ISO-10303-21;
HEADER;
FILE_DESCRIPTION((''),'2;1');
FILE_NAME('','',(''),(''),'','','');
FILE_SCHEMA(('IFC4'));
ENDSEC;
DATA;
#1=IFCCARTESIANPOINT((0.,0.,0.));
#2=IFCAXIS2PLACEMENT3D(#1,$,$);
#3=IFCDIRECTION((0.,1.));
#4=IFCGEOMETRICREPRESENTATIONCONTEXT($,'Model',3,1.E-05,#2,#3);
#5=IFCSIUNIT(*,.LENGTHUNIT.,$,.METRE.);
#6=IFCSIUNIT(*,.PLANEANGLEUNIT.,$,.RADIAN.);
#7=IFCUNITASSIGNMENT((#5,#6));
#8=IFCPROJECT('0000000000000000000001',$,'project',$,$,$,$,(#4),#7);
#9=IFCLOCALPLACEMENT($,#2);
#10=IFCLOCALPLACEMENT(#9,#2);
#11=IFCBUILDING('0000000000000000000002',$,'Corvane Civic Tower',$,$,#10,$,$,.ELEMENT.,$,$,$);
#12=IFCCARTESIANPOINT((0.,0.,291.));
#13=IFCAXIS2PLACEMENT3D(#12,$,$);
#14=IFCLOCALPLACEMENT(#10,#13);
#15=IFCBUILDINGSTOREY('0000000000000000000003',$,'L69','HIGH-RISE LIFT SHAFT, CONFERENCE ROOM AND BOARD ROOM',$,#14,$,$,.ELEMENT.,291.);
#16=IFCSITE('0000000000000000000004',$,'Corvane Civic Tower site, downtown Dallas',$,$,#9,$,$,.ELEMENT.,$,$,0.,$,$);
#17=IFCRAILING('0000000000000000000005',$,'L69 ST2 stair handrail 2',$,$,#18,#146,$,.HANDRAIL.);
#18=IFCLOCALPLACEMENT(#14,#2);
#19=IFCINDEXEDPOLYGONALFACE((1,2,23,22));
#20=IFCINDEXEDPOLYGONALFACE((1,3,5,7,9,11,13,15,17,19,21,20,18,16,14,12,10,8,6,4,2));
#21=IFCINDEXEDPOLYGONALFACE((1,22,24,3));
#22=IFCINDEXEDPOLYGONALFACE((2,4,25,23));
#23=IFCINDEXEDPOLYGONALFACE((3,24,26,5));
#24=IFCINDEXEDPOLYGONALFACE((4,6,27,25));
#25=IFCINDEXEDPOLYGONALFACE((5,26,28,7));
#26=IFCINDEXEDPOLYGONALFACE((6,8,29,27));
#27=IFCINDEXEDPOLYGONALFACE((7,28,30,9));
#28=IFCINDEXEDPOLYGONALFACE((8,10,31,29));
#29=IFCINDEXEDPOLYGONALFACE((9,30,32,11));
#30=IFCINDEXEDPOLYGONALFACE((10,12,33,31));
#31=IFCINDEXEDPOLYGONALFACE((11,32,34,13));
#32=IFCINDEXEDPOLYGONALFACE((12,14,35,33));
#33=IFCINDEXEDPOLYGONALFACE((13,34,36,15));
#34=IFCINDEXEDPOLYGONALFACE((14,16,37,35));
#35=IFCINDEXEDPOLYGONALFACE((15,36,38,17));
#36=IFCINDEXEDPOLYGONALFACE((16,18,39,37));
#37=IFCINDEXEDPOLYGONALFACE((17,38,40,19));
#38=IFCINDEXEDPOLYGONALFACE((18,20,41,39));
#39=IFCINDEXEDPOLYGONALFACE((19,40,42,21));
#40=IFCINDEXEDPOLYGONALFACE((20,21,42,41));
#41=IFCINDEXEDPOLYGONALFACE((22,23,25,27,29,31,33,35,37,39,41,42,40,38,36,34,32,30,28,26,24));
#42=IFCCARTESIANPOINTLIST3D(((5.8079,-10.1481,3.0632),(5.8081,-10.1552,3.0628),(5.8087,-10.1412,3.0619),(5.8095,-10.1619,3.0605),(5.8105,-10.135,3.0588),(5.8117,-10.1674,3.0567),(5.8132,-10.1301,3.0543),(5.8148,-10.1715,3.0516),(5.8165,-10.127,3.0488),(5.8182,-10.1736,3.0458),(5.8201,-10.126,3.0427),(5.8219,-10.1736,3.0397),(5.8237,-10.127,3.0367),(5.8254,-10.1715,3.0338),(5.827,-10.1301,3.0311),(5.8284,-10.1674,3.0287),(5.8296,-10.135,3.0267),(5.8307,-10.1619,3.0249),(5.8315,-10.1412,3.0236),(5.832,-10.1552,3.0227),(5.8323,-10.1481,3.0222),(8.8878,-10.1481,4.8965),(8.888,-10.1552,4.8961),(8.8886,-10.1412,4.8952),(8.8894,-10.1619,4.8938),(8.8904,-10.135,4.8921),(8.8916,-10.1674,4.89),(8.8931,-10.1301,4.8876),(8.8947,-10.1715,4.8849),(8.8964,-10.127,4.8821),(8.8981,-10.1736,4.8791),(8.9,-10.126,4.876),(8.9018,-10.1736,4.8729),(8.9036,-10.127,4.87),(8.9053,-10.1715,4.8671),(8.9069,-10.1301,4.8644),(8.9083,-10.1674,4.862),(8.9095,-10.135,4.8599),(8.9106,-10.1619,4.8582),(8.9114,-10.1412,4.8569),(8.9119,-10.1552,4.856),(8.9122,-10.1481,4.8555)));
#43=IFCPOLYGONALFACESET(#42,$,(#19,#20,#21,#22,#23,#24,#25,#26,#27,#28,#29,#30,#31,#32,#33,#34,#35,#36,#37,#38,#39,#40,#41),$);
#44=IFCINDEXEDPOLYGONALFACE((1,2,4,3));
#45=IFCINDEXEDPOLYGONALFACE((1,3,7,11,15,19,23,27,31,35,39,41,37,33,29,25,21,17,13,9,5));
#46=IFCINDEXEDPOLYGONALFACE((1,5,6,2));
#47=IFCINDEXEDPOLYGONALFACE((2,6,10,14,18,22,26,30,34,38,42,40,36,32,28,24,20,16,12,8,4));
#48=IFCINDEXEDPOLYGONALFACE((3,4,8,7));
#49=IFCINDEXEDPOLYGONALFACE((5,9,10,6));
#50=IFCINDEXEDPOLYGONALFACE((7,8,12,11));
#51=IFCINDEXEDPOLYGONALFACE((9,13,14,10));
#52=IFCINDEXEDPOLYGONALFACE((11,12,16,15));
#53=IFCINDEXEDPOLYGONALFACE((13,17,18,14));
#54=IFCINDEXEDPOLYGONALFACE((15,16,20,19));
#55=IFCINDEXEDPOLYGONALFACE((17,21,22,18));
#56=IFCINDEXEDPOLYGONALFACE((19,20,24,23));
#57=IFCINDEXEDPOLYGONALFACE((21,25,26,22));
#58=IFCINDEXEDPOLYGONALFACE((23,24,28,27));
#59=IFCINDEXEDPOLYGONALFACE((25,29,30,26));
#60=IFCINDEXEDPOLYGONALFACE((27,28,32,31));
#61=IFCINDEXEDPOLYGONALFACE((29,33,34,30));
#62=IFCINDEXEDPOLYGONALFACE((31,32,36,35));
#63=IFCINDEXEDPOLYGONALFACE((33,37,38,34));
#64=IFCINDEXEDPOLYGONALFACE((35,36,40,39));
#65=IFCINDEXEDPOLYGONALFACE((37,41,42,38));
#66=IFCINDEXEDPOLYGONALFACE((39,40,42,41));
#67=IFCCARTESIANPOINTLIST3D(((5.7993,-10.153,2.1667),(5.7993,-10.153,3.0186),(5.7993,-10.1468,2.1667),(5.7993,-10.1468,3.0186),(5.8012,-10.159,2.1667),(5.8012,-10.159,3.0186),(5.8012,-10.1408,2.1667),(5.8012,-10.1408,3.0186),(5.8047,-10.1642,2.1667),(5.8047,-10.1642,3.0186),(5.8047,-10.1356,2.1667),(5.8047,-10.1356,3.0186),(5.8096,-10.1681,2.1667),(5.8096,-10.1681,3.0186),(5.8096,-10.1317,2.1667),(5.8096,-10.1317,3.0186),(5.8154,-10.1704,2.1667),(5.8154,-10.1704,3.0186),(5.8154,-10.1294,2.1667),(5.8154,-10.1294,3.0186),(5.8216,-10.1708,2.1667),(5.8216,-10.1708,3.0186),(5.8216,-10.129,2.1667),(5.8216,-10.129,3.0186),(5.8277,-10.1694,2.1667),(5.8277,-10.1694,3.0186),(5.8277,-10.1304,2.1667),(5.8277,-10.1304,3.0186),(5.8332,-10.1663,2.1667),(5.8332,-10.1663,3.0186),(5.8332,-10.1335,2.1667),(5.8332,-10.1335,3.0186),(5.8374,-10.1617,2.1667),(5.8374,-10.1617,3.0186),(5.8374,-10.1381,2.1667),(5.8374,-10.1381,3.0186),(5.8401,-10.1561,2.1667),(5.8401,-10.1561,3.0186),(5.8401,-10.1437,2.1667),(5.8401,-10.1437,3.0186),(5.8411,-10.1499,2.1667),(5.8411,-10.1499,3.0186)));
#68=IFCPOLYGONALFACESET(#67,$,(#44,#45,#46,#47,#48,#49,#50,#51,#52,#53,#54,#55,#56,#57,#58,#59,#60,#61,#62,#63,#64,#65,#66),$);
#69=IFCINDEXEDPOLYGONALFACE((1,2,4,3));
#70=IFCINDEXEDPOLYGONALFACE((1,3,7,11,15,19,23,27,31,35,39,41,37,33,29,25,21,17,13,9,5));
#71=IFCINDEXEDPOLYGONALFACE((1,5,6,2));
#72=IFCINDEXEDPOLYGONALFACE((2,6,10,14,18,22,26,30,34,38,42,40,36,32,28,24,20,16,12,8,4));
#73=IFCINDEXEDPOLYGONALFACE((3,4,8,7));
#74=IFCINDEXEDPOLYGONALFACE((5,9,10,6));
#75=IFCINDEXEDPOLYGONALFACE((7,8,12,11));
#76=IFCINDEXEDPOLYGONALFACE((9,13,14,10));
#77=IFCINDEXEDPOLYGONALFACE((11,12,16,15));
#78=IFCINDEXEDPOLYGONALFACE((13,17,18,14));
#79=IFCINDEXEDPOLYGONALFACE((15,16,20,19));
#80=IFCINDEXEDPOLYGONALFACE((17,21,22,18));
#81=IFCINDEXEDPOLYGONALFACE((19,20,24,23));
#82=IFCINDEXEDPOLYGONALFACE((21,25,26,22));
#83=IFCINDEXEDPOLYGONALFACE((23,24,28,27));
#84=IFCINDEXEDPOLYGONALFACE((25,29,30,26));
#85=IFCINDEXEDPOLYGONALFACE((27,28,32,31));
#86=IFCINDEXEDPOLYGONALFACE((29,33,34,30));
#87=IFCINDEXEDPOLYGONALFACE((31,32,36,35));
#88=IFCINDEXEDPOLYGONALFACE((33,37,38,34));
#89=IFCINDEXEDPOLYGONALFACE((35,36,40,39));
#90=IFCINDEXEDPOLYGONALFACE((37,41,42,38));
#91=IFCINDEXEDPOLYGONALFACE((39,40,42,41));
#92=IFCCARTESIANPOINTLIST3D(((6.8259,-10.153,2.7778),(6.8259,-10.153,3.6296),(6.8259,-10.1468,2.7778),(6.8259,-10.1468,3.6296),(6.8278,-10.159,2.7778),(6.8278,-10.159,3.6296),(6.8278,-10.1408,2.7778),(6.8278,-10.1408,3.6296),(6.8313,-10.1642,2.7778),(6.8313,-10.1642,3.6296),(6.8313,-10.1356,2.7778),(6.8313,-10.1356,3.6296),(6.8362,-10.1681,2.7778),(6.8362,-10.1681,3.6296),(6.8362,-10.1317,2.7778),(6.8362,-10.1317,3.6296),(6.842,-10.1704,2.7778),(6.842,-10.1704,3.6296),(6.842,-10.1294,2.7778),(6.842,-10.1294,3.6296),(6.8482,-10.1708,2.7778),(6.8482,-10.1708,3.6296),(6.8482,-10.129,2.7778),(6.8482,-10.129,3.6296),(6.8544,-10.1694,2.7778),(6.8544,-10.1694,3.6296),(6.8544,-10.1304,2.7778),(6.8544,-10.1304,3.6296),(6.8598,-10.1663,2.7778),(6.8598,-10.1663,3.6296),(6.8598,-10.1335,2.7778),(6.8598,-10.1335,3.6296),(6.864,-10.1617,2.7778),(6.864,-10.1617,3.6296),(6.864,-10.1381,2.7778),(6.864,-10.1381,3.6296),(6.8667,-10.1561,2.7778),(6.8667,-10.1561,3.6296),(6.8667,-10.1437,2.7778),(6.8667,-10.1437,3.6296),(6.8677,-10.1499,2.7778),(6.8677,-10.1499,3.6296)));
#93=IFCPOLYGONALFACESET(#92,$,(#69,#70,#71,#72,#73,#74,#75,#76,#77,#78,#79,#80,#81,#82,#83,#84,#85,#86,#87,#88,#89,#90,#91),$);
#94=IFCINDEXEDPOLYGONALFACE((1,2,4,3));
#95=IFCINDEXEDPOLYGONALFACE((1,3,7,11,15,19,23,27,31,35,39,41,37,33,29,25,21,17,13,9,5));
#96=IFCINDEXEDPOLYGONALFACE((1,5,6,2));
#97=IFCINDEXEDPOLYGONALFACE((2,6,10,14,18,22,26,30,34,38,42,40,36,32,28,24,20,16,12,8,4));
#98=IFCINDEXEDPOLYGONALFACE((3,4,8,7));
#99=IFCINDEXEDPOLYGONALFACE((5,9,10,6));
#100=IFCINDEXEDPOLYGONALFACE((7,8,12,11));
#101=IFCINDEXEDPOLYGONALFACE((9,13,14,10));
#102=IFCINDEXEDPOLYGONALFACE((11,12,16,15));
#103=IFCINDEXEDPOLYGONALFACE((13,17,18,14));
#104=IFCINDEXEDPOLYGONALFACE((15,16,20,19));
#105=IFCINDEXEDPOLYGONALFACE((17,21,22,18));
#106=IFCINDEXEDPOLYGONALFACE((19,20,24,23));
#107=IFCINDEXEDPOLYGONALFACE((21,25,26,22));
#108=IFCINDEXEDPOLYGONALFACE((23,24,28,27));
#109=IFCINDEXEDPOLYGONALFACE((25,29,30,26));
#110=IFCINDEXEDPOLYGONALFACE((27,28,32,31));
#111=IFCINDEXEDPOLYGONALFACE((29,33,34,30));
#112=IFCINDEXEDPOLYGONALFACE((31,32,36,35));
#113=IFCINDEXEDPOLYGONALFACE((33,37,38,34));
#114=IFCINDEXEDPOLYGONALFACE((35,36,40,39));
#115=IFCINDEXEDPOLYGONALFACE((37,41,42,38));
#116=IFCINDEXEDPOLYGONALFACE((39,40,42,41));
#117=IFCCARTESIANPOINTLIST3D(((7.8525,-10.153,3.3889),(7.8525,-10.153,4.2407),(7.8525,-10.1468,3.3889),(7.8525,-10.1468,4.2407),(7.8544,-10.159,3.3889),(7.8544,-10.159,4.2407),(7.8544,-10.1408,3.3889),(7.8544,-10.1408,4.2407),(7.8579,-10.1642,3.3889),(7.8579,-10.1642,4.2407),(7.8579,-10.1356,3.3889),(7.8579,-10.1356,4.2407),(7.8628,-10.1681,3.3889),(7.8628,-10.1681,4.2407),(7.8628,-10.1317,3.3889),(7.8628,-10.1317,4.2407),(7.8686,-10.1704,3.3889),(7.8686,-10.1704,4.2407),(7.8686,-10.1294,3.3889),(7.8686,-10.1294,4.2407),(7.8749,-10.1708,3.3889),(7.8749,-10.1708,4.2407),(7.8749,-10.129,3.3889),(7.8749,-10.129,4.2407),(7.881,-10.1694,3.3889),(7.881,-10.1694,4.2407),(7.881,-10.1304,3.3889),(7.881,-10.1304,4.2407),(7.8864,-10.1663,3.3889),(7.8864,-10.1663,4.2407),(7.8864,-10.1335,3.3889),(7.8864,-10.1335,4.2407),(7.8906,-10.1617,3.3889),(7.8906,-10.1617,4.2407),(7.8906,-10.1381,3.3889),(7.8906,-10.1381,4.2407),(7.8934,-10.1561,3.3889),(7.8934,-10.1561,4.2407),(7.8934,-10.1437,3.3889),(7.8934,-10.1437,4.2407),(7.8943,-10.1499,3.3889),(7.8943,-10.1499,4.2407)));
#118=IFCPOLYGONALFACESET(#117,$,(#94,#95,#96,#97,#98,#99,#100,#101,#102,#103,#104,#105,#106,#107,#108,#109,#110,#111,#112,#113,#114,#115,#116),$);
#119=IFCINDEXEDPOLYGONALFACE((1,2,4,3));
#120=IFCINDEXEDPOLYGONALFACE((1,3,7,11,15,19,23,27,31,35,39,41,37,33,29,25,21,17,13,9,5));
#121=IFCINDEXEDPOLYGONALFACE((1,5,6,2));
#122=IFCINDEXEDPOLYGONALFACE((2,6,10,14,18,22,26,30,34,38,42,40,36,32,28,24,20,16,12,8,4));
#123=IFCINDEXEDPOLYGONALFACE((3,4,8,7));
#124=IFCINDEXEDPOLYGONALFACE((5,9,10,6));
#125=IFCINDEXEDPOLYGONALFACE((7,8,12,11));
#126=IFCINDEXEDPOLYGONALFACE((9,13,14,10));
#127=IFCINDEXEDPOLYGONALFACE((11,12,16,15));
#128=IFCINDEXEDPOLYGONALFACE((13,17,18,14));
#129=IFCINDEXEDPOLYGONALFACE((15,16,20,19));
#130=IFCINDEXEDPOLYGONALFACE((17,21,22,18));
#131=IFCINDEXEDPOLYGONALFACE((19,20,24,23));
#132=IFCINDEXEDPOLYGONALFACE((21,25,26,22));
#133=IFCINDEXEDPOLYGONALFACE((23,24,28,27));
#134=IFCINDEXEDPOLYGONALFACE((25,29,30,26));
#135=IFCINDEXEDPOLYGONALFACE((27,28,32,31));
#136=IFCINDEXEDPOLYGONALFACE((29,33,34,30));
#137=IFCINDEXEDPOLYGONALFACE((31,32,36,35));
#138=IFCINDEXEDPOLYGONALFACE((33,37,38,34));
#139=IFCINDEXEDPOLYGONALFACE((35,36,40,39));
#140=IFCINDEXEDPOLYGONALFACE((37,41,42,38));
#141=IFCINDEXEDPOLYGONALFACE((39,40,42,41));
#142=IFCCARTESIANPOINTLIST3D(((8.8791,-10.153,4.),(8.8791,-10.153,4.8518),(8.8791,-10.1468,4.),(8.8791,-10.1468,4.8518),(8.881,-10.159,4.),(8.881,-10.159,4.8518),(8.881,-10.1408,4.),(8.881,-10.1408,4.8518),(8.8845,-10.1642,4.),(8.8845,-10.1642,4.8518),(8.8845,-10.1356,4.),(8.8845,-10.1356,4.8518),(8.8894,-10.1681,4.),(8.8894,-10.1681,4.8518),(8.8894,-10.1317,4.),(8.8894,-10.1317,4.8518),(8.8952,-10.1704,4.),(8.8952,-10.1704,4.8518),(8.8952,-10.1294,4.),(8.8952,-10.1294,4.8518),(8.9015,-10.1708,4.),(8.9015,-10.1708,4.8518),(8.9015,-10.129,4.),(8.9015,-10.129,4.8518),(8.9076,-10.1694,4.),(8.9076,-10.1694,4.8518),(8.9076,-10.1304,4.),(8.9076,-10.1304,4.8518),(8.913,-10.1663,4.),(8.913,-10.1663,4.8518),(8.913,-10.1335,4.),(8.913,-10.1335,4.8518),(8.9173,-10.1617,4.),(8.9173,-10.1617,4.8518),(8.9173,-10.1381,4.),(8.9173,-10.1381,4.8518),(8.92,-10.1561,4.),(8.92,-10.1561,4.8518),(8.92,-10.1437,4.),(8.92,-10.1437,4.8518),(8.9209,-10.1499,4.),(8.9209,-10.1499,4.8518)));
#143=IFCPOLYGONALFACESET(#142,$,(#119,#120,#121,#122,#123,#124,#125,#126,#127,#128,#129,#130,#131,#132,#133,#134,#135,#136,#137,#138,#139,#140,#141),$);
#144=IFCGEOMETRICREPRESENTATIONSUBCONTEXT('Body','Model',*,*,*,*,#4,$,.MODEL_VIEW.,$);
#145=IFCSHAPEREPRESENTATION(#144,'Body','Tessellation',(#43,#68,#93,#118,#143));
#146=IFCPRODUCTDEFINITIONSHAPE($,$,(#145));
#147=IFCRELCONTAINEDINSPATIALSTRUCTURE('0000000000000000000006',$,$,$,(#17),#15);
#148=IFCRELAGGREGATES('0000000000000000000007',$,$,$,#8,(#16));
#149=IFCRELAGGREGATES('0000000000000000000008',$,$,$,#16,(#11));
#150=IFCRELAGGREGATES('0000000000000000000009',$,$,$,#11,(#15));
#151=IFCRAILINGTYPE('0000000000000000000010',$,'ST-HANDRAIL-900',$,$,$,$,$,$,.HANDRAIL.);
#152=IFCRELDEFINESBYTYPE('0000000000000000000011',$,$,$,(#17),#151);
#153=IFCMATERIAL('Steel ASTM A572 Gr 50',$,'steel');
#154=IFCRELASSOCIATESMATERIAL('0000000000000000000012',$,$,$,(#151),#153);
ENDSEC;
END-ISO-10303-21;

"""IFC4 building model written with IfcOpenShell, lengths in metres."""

from ifc_helpers import new_model, si_unit, direction, frame, origin, origin_2d, place, context, subcontext, project, spatial, circle, extrude, material, type_object, element, save


model = new_model("IFC4")

# Units and contexts
model_context = context("Model", 3, precision=1e-05, world=origin(), true_north=direction((0.0, 1.0)))
body_context = subcontext(model_context, "Body", "Model", "MODEL_VIEW")
ifc_project = project(units=[si_unit("LENGTHUNIT", "METRE"), si_unit("PLANEANGLEUNIT", "RADIAN")], contexts=[model_context])

# Site, building, storey
site_placement = place(None, origin())
site = spatial("IfcSite", under=ifc_project, at=site_placement, Name="Corvane Civic Tower site, downtown Dallas", CompositionType="ELEMENT", RefElevation=0.0)
building_placement = place(site_placement, origin())
building = spatial("IfcBuilding", under=site, at=building_placement, Name="Corvane Civic Tower", CompositionType="ELEMENT")
storey_placement = place(building_placement, frame((0.0, 0.0, 291.0)))
storey = spatial("IfcBuildingStorey", under=building, at=storey_placement, Name="L69", Description="HIGH-RISE LIFT SHAFT, CONFERENCE ROOM AND BOARD ROOM", CompositionType="ELEMENT", Elevation=291.0)

# Railing
ifc_material_1 = material(Name="Steel ASTM A572 Gr 50", Category="steel")
railing_type_1 = type_object("IfcRailingType", Name="ST-HANDRAIL-900", PredefinedType="HANDRAIL", material=ifc_material_1)
railing_1_placement = place(storey_placement, frame((5.8201, -10.1499, 2.1667)))
element("IfcRailing", 1, at=railing_1_placement, inside=storey, type_object=railing_type_1, Name="L69 ST2 stair handrail 2", PredefinedType="HANDRAIL", context=body_context, shape_type="SweptSolid", body=[
    extrude(circle(Radius=0.0239, at=origin_2d()), frame((0.0, 0.0, 0.876), z_axis=(0.859291, 0.0, 0.511487), x_axis=(0.0, 1.0, 0.0)), (0.0, 0.0, 1.0), 3.5842),
    extrude(circle(Radius=0.021, at=origin_2d()), origin(), (0.0, 0.0, 1.0), 0.8518),
    extrude(circle(Radius=0.021, at=origin_2d()), frame((1.0266, 0.0, 0.6111)), (0.0, 0.0, 1.0), 0.8518),
    extrude(circle(Radius=0.021, at=origin_2d()), frame((2.0532, 0.0, 1.2222)), (0.0, 0.0, 1.0), 0.8518),
    extrude(circle(Radius=0.021, at=origin_2d()), frame((3.0798, 0.0, 1.8333)), (0.0, 0.0, 1.0), 0.8518),
])

save(model, "model.ifc")
